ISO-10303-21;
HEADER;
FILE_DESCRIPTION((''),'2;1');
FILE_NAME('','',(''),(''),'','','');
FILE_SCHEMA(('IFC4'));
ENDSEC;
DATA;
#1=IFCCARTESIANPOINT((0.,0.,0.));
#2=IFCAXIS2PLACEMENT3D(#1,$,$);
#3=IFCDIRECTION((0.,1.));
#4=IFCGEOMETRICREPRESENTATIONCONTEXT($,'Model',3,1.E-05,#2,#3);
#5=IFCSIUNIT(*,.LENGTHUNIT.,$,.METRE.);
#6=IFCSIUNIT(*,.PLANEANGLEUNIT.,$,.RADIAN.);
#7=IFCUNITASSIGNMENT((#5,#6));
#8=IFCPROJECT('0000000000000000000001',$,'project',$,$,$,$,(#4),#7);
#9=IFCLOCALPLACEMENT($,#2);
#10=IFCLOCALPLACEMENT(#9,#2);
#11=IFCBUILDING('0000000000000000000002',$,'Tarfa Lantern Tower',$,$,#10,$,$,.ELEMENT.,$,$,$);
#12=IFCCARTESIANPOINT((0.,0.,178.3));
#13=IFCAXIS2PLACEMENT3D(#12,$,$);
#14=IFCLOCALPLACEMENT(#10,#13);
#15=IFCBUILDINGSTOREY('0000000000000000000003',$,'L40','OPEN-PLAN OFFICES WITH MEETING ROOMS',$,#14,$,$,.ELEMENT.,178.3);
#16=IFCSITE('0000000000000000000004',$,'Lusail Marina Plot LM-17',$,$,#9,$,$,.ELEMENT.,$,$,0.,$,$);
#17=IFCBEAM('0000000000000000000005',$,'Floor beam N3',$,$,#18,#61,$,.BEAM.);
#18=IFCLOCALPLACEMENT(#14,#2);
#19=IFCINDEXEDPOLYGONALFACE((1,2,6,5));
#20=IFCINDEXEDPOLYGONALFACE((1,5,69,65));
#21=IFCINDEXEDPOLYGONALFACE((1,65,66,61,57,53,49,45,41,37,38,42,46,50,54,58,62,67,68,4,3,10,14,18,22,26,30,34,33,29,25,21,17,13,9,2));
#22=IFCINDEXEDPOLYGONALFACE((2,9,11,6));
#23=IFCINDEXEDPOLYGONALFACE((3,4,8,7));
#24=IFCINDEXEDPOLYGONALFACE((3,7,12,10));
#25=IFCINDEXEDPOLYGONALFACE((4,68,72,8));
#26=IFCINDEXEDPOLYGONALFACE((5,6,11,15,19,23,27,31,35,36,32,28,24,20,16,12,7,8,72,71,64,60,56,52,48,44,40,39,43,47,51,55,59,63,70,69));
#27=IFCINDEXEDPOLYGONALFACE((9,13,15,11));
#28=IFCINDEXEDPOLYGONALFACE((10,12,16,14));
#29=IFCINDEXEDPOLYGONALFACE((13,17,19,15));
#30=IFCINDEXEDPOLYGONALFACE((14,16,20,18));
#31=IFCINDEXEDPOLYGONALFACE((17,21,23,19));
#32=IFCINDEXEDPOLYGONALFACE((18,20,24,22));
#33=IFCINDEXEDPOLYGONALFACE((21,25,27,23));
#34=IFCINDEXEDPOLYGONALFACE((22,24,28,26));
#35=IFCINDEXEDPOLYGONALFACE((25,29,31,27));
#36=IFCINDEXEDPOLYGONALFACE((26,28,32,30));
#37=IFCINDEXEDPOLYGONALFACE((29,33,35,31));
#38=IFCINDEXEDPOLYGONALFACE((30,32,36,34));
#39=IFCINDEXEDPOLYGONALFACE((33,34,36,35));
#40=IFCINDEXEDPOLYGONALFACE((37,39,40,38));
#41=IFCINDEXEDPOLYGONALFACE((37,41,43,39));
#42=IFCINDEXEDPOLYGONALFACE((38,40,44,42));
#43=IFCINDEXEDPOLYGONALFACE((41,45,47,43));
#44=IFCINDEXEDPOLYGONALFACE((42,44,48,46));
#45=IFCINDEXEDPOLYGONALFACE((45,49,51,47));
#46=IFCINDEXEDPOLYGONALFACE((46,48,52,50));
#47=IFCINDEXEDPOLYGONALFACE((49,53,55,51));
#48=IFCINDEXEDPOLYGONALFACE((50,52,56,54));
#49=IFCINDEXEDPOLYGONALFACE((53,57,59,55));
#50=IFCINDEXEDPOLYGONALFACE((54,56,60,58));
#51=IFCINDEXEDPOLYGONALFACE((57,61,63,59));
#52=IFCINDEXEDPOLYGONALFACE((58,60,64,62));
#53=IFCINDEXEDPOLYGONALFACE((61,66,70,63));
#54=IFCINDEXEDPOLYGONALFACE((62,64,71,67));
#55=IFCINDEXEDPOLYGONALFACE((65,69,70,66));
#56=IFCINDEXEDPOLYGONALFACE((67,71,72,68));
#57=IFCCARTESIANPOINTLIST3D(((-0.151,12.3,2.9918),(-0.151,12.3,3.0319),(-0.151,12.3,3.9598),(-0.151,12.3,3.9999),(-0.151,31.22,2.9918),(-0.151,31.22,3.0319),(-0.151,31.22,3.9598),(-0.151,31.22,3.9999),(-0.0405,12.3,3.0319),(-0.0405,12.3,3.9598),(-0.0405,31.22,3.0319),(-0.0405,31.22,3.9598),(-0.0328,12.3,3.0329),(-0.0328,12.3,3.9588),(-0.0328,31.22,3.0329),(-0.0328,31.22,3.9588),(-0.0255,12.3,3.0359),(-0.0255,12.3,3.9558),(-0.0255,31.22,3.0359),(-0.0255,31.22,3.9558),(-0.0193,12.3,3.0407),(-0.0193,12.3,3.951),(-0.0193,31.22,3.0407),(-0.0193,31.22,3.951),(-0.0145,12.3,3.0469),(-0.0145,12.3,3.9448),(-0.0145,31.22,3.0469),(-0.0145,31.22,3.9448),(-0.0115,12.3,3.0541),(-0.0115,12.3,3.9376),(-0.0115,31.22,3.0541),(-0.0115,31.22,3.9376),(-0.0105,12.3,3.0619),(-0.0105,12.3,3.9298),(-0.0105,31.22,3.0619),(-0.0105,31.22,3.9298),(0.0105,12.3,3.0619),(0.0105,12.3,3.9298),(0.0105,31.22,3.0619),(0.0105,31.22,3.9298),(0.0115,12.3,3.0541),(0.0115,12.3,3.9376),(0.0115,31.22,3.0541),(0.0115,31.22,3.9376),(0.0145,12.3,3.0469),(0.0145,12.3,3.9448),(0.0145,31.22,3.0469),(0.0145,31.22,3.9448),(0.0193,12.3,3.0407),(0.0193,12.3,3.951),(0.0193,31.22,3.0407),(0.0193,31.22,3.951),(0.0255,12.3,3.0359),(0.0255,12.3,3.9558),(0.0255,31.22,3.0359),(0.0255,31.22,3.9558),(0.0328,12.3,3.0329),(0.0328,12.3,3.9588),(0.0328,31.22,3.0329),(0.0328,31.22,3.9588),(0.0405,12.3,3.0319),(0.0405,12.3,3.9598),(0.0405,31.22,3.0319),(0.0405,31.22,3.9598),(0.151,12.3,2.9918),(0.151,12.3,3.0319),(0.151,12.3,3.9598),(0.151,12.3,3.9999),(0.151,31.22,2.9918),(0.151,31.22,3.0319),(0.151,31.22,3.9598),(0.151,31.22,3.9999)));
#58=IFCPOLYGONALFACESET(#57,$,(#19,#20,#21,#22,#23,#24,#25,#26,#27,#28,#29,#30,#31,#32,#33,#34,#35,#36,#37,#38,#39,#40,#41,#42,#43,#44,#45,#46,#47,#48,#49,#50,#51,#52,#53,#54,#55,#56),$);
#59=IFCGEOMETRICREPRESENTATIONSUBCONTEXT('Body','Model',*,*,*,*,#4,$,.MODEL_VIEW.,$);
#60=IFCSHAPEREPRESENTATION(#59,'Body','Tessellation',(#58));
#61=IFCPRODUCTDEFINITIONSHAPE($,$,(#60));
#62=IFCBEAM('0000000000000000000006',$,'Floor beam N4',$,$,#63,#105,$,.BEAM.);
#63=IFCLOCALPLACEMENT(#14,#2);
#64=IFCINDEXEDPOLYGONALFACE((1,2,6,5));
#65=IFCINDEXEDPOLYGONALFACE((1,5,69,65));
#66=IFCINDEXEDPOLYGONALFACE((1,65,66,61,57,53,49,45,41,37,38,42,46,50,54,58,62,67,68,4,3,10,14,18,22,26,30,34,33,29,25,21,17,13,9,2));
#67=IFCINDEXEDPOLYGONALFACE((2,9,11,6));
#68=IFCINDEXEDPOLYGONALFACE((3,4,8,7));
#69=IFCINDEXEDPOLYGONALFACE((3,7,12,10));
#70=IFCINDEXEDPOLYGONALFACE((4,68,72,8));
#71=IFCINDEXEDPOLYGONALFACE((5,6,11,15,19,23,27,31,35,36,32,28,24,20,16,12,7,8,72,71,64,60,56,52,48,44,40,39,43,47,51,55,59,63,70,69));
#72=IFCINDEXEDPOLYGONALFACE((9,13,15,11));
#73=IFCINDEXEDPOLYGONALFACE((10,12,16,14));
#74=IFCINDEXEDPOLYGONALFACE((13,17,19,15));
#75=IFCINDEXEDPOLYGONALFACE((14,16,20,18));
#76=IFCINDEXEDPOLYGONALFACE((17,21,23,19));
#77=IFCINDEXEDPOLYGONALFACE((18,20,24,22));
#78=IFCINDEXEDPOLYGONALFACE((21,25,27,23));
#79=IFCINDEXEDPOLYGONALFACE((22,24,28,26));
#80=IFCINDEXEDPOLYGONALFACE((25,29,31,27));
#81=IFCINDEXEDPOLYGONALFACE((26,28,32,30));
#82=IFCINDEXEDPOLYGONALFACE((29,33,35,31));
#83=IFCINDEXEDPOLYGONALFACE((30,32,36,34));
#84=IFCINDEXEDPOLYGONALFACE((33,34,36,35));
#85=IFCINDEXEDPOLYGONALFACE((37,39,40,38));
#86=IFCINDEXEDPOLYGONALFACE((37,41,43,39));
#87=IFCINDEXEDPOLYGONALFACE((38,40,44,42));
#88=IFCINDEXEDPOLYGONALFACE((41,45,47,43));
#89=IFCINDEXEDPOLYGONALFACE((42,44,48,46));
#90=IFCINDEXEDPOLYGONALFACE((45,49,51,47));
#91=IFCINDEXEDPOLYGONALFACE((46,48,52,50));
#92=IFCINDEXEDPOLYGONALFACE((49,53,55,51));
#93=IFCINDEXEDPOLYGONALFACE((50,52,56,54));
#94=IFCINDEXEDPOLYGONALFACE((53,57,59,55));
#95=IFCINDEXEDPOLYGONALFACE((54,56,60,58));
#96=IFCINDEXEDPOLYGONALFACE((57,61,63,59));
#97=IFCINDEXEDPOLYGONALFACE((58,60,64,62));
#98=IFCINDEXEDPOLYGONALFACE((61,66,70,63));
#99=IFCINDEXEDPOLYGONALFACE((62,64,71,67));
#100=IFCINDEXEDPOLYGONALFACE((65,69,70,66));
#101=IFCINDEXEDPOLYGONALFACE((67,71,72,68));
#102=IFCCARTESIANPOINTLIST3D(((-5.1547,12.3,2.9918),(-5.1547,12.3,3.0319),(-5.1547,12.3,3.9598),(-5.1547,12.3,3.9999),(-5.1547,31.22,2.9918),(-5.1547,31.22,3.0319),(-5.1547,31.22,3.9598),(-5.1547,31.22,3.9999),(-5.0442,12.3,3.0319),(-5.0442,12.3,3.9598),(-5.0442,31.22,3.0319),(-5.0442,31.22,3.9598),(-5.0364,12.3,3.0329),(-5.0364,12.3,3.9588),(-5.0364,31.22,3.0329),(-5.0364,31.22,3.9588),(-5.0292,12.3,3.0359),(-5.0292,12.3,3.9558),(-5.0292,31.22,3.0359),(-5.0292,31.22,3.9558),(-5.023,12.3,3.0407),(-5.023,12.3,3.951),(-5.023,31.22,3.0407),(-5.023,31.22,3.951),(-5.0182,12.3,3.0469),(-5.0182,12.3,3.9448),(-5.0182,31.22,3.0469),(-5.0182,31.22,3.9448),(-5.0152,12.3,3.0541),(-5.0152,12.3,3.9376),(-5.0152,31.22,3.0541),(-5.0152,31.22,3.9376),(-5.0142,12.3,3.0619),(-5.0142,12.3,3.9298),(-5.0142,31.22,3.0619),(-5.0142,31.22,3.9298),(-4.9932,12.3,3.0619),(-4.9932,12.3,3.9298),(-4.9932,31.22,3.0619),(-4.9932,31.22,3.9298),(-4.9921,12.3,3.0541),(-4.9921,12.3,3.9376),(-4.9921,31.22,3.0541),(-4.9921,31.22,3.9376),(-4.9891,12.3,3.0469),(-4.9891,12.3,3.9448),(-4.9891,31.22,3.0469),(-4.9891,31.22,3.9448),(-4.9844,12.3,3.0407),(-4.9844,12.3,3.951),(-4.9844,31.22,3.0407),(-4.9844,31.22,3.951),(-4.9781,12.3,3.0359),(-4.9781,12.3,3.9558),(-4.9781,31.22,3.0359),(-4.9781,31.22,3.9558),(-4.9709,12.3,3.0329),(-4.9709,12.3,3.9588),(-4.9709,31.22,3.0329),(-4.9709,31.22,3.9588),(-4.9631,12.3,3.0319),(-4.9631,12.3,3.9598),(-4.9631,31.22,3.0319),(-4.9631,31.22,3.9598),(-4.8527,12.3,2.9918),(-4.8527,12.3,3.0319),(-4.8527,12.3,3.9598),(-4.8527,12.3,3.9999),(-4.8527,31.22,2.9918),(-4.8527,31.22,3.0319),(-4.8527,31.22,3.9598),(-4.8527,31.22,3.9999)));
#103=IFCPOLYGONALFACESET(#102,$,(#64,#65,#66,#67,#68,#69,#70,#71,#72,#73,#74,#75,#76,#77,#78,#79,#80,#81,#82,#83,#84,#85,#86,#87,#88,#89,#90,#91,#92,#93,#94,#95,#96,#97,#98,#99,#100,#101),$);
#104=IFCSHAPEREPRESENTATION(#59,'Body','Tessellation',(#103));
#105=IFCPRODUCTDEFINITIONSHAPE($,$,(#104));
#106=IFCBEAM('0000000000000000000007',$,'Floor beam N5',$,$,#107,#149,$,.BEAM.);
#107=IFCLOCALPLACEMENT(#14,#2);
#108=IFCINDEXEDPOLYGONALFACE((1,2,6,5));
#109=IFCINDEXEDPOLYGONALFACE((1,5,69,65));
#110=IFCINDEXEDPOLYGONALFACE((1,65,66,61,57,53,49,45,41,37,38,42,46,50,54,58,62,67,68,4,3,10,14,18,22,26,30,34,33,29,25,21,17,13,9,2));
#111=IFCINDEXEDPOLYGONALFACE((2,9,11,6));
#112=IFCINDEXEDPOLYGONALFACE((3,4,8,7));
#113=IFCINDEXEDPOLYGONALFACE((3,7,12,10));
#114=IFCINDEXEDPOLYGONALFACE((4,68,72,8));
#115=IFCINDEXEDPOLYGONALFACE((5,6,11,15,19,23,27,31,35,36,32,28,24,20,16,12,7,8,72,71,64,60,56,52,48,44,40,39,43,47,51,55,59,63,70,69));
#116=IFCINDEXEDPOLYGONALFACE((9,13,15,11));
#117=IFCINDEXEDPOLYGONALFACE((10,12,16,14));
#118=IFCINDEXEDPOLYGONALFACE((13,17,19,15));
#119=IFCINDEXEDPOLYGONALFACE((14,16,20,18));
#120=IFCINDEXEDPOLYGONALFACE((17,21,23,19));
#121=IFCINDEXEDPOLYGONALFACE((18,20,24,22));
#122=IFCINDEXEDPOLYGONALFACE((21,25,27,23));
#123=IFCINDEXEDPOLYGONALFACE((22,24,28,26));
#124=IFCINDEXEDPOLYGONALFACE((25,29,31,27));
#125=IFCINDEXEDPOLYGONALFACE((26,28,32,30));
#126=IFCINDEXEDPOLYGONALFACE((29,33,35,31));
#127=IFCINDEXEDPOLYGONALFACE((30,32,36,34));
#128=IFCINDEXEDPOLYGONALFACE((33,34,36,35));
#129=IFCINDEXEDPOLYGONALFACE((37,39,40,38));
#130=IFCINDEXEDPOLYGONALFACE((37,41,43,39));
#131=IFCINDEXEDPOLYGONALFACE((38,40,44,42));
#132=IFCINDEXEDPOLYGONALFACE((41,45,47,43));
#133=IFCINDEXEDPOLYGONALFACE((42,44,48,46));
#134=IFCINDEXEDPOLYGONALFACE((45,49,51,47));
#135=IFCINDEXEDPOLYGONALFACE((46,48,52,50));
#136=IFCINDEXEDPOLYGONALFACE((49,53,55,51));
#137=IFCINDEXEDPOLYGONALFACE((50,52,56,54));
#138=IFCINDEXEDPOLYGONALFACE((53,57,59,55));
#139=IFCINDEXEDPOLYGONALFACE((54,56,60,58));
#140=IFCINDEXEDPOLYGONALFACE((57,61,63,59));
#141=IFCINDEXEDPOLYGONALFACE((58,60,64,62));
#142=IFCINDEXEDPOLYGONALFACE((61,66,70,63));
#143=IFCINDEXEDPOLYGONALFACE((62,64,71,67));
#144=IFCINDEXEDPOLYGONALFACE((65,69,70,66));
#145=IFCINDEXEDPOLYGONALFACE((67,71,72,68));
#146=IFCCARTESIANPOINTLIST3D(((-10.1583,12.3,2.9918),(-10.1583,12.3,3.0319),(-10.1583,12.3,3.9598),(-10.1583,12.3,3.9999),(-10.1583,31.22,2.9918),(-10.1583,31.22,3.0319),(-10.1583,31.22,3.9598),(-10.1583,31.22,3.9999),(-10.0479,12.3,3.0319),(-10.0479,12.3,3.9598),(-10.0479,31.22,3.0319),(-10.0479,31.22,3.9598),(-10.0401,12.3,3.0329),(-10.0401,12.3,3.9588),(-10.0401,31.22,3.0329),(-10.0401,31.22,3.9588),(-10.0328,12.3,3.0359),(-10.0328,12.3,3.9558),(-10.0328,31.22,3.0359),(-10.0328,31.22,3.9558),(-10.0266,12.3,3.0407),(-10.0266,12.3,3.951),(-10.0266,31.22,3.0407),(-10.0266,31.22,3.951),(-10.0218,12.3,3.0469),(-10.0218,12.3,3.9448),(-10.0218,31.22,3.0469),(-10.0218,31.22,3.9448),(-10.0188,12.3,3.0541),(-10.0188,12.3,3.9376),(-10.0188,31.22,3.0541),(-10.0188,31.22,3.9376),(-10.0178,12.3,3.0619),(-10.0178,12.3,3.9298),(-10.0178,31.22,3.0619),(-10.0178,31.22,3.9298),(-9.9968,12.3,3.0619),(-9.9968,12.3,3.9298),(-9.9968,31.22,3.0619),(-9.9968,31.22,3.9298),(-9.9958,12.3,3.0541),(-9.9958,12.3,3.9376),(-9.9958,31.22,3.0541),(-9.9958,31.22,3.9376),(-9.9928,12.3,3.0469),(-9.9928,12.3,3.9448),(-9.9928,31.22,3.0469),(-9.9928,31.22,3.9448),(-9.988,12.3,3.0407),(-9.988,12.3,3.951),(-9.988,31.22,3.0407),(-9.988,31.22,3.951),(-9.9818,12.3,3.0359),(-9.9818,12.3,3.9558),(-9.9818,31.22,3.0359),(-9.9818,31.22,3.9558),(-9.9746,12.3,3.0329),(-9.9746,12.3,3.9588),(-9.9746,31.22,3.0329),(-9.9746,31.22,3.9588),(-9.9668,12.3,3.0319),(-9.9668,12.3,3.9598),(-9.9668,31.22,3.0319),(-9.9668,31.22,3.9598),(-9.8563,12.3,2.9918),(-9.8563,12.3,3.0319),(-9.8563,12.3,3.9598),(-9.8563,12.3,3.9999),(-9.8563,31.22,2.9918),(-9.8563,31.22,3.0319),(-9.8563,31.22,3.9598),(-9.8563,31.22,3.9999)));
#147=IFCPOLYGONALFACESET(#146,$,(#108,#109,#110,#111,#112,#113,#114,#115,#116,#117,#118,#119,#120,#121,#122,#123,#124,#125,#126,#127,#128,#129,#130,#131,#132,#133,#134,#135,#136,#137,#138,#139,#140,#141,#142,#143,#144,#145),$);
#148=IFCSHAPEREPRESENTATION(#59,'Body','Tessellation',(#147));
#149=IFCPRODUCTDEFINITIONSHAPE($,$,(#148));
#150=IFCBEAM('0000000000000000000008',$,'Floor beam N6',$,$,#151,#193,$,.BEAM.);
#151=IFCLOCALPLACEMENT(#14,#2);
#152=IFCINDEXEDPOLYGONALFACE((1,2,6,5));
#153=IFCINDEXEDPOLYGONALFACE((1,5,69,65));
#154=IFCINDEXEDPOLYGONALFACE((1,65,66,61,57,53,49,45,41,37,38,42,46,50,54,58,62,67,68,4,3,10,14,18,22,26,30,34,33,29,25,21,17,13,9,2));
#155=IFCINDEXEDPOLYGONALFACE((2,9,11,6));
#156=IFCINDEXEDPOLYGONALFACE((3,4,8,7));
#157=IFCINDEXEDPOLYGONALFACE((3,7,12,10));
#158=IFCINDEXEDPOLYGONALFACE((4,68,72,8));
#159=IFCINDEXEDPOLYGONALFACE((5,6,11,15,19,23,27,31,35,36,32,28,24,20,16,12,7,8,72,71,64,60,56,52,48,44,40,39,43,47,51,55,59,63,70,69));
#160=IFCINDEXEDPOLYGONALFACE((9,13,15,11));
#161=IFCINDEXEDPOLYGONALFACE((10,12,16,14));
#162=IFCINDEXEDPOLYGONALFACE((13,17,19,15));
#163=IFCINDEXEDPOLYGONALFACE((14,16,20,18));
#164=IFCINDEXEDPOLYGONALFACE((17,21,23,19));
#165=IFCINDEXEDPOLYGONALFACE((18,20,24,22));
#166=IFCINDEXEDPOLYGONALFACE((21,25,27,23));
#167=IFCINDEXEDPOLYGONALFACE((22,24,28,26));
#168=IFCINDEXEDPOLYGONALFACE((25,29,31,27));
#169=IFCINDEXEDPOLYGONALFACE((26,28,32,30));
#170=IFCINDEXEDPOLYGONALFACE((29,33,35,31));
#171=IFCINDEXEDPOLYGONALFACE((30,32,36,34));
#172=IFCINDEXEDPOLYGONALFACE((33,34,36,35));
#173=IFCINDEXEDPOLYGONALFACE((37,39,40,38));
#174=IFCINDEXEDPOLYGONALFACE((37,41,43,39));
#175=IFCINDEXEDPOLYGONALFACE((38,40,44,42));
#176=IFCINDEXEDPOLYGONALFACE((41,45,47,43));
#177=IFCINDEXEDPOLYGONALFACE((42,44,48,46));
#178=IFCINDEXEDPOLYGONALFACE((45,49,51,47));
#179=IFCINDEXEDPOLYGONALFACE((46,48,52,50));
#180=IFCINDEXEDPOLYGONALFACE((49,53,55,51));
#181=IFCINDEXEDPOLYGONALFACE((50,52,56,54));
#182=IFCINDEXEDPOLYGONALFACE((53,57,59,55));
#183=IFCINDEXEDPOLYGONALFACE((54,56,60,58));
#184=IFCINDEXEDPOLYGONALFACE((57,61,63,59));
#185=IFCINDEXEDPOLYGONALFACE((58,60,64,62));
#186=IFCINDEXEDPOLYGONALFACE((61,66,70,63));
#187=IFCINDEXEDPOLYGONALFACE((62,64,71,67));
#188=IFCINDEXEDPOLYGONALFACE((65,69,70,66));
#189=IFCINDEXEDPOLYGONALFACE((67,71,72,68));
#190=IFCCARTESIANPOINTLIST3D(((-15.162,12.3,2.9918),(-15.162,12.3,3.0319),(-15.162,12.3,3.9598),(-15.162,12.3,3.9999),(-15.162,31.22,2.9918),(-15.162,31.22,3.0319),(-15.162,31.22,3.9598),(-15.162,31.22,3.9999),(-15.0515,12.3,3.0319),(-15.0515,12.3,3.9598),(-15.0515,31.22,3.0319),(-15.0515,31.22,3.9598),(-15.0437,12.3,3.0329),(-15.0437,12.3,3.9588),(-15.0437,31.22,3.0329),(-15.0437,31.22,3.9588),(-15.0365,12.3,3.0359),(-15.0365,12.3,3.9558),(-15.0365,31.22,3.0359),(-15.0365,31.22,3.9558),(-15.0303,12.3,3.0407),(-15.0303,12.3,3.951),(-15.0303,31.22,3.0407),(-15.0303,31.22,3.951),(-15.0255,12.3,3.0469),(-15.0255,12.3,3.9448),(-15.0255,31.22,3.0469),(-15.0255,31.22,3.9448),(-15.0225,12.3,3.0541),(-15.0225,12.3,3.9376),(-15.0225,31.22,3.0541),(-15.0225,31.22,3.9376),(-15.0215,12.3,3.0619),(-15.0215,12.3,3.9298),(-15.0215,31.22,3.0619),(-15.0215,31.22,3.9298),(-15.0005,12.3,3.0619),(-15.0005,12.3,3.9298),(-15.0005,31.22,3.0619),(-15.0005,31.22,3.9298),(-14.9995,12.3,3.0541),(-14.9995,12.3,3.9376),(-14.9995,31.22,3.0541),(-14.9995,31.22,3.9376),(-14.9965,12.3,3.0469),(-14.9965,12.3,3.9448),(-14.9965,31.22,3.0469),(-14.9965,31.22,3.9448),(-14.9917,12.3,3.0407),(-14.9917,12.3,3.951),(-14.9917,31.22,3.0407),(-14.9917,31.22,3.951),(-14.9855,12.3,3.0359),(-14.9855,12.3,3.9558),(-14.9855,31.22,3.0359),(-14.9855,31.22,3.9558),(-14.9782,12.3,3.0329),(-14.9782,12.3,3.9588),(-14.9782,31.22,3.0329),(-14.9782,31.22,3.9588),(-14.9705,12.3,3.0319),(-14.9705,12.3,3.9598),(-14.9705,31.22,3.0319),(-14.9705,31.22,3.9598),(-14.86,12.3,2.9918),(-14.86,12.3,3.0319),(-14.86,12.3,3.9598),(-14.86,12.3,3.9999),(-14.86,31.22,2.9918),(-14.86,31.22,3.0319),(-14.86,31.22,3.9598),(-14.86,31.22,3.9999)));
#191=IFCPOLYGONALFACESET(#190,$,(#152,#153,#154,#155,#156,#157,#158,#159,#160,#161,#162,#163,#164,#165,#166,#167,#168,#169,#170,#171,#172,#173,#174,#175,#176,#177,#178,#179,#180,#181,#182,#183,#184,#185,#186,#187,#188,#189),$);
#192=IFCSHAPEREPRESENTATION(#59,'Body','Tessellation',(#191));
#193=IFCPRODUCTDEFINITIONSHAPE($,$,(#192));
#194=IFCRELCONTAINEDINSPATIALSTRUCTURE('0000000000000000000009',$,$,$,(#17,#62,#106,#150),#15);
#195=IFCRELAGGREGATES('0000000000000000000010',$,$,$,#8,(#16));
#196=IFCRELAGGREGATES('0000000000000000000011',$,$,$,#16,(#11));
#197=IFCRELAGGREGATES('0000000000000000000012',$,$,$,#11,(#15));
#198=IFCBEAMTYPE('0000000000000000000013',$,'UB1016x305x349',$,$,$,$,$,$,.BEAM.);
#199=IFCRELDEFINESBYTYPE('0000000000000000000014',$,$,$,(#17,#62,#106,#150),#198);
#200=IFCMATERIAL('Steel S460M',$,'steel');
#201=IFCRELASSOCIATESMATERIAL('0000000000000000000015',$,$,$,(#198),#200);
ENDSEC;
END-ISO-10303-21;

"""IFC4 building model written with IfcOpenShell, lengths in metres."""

from ifc_helpers import new_model, si_unit, direction, frame, origin, origin_2d, place, context, subcontext, project, spatial, i_section, extrude, material, material_profile, profile_set, type_object, element, save


model = new_model("IFC4")

# Units and contexts
model_context = context("Model", 3, precision=1e-05, world=origin(), true_north=direction((0.0, 1.0)))
body_context = subcontext(model_context, "Body", "Model", "MODEL_VIEW")
ifc_project = project(units=[si_unit("LENGTHUNIT", "METRE"), si_unit("PLANEANGLEUNIT", "RADIAN")], contexts=[model_context])

# Site, building, storey
site_placement = place(None, origin())
site = spatial("IfcSite", under=ifc_project, at=site_placement, Name="Lusail Marina Plot LM-17", CompositionType="ELEMENT", RefElevation=0.0)
building_placement = place(site_placement, origin())
building = spatial("IfcBuilding", under=site, at=building_placement, Name="Tarfa Lantern Tower", CompositionType="ELEMENT")
storey_placement = place(building_placement, frame((0.0, 0.0, 178.3)))
storey = spatial("IfcBuildingStorey", under=building, at=storey_placement, Name="L40", Description="OPEN-PLAN OFFICES WITH MEETING ROOMS", CompositionType="ELEMENT", Elevation=178.3)

# Beams
ifc_material_1 = material(Name="Steel S460M", Category="steel")
ifc_material_profile_1 = material_profile(ifc_material_1, i_section(OverallWidth=0.302, OverallDepth=1.0081, WebThickness=0.021, FlangeThickness=0.04, FilletRadius=0.03, at=origin_2d()), Name="UB1016x305x349")
ifc_profile_set_1 = profile_set([ifc_material_profile_1], Name="Steel S460M")
beam_type_1 = type_object("IfcBeamType", Name="UB1016x305x349", PredefinedType="BEAM", material=ifc_profile_set_1)
for number, where, z_axis, x_axis, name in (
    (1, (0.0, 31.22, 3.4958), (0.0, -1.0, 0.0), (1.0, 0.0, 0.0), "Floor beam N3"),
    (2, (-5.0037, 31.22, 3.4958), (0.0, -1.0, 0.0), (1.0, 0.0, 0.0), "Floor beam N4"),
    (3, (-10.0073, 31.22, 3.4958), (0.0, -1.0, 0.0), (1.0, 0.0, 0.0), "Floor beam N5"),
    (4, (-15.011, 31.22, 3.4958), (0.0, -1.0, 0.0), (1.0, 0.0, 0.0), "Floor beam N6"),
):
    element("IfcBeam", number, at=place(storey_placement, frame(where, z_axis=z_axis, x_axis=x_axis)), inside=storey, type_object=beam_type_1, Name=name, PredefinedType="BEAM", context=body_context, shape_type="SweptSolid", body=[
        extrude(i_section(OverallWidth=0.302, OverallDepth=1.0081, WebThickness=0.021, FlangeThickness=0.04, FilletRadius=0.03, at=origin_2d()), origin(), (0.0, 0.0, 1.0), 18.9199),
    ])

save(model, "model.ifc")
